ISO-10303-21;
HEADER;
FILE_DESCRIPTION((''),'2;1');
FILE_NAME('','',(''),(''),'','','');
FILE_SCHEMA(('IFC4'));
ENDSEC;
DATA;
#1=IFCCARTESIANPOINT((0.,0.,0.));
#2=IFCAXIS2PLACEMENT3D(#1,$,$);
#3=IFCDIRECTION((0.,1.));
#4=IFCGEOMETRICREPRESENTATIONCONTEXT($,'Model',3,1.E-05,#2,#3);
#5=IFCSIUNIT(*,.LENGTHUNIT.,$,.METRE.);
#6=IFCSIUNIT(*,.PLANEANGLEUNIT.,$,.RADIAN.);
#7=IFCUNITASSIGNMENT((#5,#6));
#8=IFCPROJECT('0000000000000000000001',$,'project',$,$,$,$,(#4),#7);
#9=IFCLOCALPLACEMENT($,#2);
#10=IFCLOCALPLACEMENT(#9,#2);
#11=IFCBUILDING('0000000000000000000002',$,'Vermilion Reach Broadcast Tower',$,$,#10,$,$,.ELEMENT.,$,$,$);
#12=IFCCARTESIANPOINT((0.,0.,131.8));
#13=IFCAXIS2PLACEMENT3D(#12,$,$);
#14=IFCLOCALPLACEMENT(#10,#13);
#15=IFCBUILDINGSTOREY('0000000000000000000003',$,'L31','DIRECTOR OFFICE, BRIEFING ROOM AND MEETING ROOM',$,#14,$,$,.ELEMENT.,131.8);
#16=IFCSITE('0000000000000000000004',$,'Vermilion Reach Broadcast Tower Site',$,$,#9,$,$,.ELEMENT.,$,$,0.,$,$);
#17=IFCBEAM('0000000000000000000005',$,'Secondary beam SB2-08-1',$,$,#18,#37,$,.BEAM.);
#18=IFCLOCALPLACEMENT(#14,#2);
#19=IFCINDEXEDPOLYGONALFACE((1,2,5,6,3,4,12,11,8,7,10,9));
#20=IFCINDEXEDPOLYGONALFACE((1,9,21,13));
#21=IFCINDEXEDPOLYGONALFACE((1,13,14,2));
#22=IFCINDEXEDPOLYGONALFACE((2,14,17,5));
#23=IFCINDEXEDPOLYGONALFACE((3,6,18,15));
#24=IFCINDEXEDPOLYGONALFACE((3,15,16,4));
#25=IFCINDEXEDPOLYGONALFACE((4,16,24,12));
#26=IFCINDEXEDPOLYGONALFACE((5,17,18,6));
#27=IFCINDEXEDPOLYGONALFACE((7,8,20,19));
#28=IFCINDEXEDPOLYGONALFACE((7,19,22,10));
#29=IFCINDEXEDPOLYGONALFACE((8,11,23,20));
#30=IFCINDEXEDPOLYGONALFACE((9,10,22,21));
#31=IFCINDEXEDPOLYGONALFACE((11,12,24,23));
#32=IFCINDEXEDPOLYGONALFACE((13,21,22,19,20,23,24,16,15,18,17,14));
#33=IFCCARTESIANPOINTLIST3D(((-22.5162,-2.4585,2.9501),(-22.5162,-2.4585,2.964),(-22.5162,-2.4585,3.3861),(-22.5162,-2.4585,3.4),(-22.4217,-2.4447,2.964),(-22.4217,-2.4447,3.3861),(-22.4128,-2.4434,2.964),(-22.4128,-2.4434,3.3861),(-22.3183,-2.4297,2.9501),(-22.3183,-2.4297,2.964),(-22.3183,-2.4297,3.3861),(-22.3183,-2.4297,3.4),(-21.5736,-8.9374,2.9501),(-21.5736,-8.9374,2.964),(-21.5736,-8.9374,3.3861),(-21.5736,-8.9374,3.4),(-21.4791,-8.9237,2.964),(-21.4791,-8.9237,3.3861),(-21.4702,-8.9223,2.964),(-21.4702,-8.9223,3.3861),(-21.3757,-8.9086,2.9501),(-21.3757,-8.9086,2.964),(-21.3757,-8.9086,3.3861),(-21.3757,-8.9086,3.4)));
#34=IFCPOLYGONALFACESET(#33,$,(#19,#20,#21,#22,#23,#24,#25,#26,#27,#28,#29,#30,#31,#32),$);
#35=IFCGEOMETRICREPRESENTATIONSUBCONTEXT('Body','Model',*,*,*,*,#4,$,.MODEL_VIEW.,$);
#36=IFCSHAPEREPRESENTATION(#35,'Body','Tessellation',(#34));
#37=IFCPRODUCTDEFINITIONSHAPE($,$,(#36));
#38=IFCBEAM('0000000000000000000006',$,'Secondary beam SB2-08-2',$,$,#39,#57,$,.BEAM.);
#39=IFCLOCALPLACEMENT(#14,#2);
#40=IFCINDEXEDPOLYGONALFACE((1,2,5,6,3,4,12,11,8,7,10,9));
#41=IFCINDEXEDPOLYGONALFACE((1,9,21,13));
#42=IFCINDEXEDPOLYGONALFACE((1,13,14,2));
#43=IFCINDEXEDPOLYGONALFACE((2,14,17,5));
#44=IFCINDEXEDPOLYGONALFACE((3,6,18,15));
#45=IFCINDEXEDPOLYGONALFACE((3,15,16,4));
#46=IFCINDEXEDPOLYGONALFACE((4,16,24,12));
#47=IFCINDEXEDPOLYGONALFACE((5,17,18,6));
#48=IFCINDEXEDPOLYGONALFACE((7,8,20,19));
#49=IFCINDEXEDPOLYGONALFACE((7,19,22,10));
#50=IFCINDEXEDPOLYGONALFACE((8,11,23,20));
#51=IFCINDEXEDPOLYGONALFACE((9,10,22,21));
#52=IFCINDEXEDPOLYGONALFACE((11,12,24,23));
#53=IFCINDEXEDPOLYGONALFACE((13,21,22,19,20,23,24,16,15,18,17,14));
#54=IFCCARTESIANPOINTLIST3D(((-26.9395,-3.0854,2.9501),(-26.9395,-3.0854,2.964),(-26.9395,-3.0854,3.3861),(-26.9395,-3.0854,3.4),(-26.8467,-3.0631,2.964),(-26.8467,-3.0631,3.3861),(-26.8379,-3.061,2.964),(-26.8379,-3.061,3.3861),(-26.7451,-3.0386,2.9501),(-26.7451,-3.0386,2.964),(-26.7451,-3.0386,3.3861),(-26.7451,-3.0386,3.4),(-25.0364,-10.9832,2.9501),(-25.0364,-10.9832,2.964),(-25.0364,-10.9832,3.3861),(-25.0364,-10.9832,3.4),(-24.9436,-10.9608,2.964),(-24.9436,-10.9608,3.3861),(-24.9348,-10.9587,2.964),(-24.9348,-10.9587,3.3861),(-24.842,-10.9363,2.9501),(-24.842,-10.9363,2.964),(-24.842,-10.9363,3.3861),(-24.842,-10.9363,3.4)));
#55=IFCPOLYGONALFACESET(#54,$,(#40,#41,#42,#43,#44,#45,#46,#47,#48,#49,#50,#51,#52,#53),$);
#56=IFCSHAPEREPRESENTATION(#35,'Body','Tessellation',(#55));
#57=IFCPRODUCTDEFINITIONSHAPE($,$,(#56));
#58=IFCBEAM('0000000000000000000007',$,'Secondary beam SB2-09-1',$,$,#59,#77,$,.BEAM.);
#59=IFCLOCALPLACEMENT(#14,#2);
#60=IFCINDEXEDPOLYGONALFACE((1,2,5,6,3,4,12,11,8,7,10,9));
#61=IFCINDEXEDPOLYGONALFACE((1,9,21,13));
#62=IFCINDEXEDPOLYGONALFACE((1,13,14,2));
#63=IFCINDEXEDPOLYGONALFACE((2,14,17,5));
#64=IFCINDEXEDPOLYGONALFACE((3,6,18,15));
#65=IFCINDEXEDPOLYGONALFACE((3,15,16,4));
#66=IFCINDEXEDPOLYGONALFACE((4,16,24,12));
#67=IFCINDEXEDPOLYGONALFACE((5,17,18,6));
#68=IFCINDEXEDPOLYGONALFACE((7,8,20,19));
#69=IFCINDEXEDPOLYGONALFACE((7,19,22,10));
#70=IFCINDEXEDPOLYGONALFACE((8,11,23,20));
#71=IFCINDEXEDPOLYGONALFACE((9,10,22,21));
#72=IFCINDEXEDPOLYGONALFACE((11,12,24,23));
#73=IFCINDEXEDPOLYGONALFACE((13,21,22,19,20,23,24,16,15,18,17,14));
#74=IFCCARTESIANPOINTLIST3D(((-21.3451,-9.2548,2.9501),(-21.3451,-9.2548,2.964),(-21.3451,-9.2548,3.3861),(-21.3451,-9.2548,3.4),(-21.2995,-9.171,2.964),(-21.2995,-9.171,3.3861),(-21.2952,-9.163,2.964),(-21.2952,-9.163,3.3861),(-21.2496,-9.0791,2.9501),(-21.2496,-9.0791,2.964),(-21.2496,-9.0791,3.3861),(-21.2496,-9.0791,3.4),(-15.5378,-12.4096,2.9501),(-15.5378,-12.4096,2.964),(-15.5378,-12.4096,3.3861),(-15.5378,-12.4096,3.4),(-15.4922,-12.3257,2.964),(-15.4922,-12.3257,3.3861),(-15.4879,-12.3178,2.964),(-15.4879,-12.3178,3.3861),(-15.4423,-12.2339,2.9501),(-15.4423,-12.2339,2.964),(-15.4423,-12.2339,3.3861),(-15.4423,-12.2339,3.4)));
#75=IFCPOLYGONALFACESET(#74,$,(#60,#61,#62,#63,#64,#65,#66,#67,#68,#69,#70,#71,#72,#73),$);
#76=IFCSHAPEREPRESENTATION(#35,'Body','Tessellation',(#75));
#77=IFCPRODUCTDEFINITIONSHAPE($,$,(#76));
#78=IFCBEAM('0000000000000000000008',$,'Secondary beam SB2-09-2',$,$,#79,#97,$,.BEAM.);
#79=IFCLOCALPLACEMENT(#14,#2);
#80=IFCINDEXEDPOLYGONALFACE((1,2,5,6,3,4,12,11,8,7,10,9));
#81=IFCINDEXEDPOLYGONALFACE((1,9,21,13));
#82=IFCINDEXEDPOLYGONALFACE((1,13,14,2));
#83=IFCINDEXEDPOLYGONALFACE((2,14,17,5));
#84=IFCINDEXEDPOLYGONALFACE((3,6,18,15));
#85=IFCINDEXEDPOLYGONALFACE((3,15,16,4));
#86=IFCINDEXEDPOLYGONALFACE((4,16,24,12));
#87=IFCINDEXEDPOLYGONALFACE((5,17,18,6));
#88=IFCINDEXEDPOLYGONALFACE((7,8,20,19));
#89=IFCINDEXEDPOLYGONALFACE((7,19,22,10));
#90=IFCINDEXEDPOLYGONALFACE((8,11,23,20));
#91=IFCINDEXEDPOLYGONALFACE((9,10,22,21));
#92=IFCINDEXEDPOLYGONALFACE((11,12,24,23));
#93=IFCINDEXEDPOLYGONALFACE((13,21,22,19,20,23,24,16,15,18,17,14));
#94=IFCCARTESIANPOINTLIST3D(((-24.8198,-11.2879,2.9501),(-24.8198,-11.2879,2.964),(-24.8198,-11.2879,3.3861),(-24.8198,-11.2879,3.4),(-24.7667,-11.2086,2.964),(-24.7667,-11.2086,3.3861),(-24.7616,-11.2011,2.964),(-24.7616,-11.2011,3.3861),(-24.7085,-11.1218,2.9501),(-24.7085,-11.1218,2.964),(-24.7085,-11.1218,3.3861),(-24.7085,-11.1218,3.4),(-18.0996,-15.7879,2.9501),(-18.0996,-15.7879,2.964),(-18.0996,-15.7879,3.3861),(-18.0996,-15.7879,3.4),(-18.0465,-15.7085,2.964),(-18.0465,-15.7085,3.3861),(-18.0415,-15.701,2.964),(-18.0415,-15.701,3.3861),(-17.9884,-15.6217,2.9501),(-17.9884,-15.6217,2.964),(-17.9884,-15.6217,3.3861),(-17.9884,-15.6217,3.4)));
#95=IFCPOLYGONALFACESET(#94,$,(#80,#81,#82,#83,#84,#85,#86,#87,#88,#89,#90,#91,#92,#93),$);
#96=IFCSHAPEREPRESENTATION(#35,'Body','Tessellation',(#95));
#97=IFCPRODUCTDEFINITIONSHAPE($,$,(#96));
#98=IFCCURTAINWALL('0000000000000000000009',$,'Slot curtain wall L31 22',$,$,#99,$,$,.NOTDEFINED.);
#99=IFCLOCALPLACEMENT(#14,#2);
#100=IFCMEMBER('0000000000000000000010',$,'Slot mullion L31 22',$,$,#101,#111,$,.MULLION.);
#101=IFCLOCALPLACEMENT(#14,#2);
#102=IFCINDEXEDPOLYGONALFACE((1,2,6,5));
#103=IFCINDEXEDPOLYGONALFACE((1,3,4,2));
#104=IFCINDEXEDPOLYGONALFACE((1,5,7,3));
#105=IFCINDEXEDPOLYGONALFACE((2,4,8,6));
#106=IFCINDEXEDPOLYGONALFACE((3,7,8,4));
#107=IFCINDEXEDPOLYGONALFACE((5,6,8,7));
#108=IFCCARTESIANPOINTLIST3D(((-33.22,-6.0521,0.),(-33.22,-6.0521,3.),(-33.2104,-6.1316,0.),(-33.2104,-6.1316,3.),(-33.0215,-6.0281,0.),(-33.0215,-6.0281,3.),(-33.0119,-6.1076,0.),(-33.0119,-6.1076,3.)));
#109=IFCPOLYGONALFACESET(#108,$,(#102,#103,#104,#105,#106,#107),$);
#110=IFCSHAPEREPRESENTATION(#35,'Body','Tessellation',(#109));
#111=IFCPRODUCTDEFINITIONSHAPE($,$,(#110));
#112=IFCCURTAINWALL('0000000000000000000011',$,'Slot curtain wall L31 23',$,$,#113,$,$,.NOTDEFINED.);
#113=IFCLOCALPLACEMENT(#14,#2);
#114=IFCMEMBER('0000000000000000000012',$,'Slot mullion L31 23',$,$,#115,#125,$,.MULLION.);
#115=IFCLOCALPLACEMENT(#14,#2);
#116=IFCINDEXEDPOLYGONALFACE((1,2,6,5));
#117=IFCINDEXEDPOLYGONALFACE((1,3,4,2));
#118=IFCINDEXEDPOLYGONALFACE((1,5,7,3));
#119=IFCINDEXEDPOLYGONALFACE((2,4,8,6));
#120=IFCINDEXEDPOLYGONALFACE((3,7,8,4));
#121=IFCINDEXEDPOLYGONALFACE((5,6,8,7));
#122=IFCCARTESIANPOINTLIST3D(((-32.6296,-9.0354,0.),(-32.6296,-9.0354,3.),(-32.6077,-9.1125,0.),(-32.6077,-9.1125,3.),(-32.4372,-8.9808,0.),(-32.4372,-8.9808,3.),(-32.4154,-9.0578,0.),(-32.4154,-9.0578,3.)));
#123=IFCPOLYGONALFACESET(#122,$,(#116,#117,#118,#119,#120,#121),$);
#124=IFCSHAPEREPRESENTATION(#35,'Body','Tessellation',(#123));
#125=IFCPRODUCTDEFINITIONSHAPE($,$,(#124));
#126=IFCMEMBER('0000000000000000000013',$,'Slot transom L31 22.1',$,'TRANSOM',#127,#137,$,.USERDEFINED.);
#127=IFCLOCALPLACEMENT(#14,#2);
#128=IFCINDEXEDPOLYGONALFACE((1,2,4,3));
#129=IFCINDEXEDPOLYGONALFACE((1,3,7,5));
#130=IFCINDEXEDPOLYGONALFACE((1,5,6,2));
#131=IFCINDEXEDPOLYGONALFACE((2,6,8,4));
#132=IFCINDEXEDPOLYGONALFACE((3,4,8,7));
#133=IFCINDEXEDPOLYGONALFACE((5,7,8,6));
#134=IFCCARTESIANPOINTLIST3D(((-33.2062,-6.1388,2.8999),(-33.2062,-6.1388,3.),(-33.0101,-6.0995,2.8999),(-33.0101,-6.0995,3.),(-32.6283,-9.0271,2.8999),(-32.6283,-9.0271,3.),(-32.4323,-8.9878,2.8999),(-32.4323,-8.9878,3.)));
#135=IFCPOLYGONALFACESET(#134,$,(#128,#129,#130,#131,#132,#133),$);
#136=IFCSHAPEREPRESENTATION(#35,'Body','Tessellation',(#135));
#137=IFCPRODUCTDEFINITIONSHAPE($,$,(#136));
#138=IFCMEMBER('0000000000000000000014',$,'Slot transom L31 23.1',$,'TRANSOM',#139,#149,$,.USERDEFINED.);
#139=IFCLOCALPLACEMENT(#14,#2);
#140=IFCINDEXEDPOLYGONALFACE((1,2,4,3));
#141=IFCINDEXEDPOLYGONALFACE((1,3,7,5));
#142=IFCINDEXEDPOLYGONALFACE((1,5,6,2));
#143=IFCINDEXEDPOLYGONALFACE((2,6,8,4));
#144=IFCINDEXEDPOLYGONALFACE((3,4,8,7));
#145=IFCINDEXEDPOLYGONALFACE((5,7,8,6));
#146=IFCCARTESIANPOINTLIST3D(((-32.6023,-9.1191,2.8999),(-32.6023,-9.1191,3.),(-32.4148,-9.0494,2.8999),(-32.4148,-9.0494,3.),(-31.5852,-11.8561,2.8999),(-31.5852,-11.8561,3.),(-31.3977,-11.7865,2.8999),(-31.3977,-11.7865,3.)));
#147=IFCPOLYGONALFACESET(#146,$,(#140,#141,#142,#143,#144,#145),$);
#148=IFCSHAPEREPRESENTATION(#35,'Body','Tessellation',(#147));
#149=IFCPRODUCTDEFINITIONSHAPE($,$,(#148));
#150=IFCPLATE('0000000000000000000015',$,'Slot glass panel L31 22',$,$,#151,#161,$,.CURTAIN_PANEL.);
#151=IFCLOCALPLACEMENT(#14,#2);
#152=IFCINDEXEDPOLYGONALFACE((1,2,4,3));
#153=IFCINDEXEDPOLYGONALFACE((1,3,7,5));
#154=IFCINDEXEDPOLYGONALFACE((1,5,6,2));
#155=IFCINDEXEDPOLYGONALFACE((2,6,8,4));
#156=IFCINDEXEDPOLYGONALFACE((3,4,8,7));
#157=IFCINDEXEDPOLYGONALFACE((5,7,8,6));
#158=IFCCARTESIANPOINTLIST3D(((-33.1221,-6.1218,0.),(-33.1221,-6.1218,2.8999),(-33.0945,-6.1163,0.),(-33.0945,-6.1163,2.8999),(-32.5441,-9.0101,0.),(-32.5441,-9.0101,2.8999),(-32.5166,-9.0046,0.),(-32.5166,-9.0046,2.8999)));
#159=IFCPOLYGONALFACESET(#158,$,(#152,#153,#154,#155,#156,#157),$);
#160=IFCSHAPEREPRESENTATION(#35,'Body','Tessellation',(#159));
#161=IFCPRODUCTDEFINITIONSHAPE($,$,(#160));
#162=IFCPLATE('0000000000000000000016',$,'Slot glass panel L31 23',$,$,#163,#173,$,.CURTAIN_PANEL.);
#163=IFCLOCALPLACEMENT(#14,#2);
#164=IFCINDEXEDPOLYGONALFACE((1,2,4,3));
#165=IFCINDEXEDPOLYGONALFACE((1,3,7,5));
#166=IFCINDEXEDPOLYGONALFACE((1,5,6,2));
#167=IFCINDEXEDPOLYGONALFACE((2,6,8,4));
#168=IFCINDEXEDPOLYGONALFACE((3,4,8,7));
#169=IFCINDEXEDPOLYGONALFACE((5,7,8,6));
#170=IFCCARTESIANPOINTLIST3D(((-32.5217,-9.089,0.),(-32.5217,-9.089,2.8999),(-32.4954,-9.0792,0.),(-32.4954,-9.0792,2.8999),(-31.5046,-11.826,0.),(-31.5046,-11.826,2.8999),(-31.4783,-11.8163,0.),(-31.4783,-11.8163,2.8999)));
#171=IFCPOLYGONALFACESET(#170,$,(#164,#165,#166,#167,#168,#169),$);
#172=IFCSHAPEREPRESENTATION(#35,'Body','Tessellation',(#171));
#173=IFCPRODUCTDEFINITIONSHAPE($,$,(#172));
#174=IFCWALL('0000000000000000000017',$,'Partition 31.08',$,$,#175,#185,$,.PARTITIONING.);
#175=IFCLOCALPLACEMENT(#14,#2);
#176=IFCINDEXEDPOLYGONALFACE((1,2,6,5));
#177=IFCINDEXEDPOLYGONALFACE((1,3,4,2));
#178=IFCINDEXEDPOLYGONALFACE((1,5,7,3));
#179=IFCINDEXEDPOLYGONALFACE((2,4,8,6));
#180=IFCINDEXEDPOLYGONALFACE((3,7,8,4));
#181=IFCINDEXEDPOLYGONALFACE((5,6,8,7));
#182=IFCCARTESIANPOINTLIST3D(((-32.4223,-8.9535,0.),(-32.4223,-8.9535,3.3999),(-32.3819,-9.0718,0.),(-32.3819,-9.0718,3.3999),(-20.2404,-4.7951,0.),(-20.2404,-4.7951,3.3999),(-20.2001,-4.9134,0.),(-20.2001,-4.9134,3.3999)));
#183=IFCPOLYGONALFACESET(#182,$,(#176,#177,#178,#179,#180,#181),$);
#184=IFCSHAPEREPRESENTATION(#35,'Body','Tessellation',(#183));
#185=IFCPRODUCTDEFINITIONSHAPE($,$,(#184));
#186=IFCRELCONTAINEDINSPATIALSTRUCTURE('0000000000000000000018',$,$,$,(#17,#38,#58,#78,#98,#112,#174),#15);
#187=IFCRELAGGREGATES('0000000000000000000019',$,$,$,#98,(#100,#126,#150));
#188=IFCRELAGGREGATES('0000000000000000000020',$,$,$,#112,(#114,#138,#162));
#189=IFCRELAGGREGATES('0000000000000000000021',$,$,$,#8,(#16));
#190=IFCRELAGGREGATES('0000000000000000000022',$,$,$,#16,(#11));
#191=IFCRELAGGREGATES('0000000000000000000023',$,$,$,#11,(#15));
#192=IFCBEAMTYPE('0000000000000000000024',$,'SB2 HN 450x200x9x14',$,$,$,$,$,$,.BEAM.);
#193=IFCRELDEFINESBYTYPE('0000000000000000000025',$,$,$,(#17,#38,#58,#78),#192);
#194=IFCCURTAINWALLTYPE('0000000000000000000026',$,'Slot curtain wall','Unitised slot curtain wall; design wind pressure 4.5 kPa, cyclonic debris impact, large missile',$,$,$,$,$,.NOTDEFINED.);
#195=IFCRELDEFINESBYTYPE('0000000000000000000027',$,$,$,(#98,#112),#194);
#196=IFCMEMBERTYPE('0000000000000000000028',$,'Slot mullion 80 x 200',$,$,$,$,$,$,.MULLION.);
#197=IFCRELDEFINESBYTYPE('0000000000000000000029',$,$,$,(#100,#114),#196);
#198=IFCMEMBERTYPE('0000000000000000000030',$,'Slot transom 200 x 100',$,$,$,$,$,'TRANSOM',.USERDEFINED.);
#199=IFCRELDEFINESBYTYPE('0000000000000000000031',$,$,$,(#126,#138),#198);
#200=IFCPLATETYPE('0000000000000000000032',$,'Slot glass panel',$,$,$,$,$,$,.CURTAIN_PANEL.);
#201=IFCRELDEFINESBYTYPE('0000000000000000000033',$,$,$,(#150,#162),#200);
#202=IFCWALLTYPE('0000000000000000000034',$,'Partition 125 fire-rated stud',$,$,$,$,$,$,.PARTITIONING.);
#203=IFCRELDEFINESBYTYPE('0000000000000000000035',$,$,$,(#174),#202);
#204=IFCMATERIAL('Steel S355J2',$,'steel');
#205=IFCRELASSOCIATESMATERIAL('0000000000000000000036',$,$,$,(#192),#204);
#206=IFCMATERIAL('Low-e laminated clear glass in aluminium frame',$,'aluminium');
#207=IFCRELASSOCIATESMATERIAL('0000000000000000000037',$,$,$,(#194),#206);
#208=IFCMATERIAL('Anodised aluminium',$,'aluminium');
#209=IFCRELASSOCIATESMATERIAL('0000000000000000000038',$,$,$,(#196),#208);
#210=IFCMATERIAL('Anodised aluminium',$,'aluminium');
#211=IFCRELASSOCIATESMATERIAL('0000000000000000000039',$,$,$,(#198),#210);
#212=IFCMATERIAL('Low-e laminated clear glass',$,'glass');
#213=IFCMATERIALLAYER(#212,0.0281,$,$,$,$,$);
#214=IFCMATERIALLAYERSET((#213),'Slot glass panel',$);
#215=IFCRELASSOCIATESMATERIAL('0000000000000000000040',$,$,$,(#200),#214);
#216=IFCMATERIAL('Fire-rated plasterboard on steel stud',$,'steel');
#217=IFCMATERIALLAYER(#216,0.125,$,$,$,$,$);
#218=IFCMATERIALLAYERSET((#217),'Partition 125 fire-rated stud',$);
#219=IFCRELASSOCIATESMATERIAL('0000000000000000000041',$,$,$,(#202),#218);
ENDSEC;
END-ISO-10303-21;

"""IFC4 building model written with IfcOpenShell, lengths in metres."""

from ifc_helpers import new_model, si_unit, direction, frame, frame_2d, origin, origin_2d, place, context, subcontext, project, spatial, rectangle, i_section, extrude, material, layer, layer_set, material_profile, profile_set, type_object, element, aggregate, save


model = new_model("IFC4")

# Units and contexts
model_context = context("Model", 3, precision=1e-05, world=origin(), true_north=direction((0.0, 1.0)))
body_context = subcontext(model_context, "Body", "Model", "MODEL_VIEW")
ifc_project = project(units=[si_unit("LENGTHUNIT", "METRE"), si_unit("PLANEANGLEUNIT", "RADIAN")], contexts=[model_context])

# Site, building, storey
site_placement = place(None, origin())
site = spatial("IfcSite", under=ifc_project, at=site_placement, Name="Vermilion Reach Broadcast Tower Site", CompositionType="ELEMENT", RefElevation=0.0)
building_placement = place(site_placement, origin())
building = spatial("IfcBuilding", under=site, at=building_placement, Name="Vermilion Reach Broadcast Tower", CompositionType="ELEMENT")
storey_placement = place(building_placement, frame((0.0, 0.0, 131.8)))
storey = spatial("IfcBuildingStorey", under=building, at=storey_placement, Name="L31", Description="DIRECTOR OFFICE, BRIEFING ROOM AND MEETING ROOM", CompositionType="ELEMENT", Elevation=131.8)

# Beams
ifc_material_1 = material(Name="Steel S355J2", Category="steel")
ifc_material_profile_1 = material_profile(ifc_material_1, i_section(OverallWidth=0.2, OverallDepth=0.45, WebThickness=0.009, FlangeThickness=0.0139, at=origin_2d()), Name="S355J2 HN 450x200x9x14")
ifc_profile_set_1 = profile_set([ifc_material_profile_1], Name="Steel S355J2")
beam_type_1 = type_object("IfcBeamType", Name="SB2 HN 450x200x9x14", PredefinedType="BEAM", material=ifc_profile_set_1)
beam_1_placement = place(storey_placement, frame((-22.4172, -2.4441, 3.175), z_axis=(0.143974, -0.989582, 0.0), x_axis=(0.989582, 0.143974, 0.0)))
element("IfcBeam", 1, at=beam_1_placement, inside=storey, type_object=beam_type_1, Name="Secondary beam SB2-08-1", PredefinedType="BEAM", context=body_context, shape_type="SweptSolid", body=[
    extrude(i_section(OverallWidth=0.2, OverallDepth=0.45, WebThickness=0.009, FlangeThickness=0.0139, at=origin_2d()), origin(), (0.0, 0.0, 1.0), 6.5471),
])
beam_2_placement = place(storey_placement, frame((-26.8423, -3.062, 3.175), z_axis=(0.234261, -0.972174, 0.0), x_axis=(0.972174, 0.234261, 0.0)))
element("IfcBeam", 2, at=beam_2_placement, inside=storey, type_object=beam_type_1, Name="Secondary beam SB2-08-2", PredefinedType="BEAM", context=body_context, shape_type="SweptSolid", body=[
    extrude(i_section(OverallWidth=0.2, OverallDepth=0.45, WebThickness=0.009, FlangeThickness=0.0139, at=origin_2d()), origin(), (0.0, 0.0, 1.0), 8.1238),
])
beam_3_placement = place(storey_placement, frame((-21.2974, -9.167, 3.175), z_axis=(0.878713, -0.47735, 0.0), x_axis=(0.47735, 0.878713, 0.0)))
element("IfcBeam", 3, at=beam_3_placement, inside=storey, type_object=beam_type_1, Name="Secondary beam SB2-09-1", PredefinedType="BEAM", context=body_context, shape_type="SweptSolid", body=[
    extrude(i_section(OverallWidth=0.2, OverallDepth=0.45, WebThickness=0.009, FlangeThickness=0.0139, at=origin_2d()), origin(), (0.0, 0.0, 1.0), 6.6089),
])
beam_4_placement = place(storey_placement, frame((-24.7642, -11.2048, 3.175), z_axis=(0.830915, -0.556399, 0.0), x_axis=(0.556399, 0.830915, 0.0)))
element("IfcBeam", 4, at=beam_4_placement, inside=storey, type_object=beam_type_1, Name="Secondary beam SB2-09-2", PredefinedType="BEAM", context=body_context, shape_type="SweptSolid", body=[
    extrude(i_section(OverallWidth=0.2, OverallDepth=0.45, WebThickness=0.009, FlangeThickness=0.0139, at=origin_2d()), origin(), (0.0, 0.0, 1.0), 8.0876),
])

# Curtain walls, members
ifc_material_2 = material(Name="Low-e laminated clear glass in aluminium frame", Category="aluminium")
curtain_wall_type = type_object("IfcCurtainWallType", Name="Slot curtain wall", Description="Unitised slot curtain wall; design wind pressure 4.5 kPa, cyclonic debris impact, large missile", PredefinedType="NOTDEFINED", material=ifc_material_2)
placement = place(storey_placement, origin())
curtain_wall_1 = element("IfcCurtainWall", 5, at=placement, inside=storey, type_object=curtain_wall_type, Name="Slot curtain wall L31 22", PredefinedType="NOTDEFINED")
ifc_material_3 = material(Name="Anodised aluminium", Category="aluminium")
ifc_material_profile_2 = material_profile(ifc_material_3, rectangle(XDim=0.2, YDim=0.0801, at=origin_2d()), Name="Slot mullion 80 x 200")
ifc_profile_set_2 = profile_set([ifc_material_profile_2], Name="Anodised aluminium")
member_type_1 = type_object("IfcMemberType", Name="Slot mullion 80 x 200", PredefinedType="MULLION", material=ifc_profile_set_2)
member_1_placement = place(storey_placement, frame((-33.116, -6.0798, 0.0), z_axis=(0.0, 0.0, 1.0), x_axis=(0.992785, 0.119904, 0.0)))
member_1 = element("IfcMember", 6, at=member_1_placement, type_object=member_type_1, Name="Slot mullion L31 22", PredefinedType="MULLION", context=body_context, shape_type="SweptSolid", body=[
    extrude(rectangle(XDim=0.2, YDim=0.0801, at=origin_2d()), origin(), (0.0, 0.0, 1.0), 3.0),
])
curtain_wall_2 = element("IfcCurtainWall", 7, at=placement, inside=storey, type_object=curtain_wall_type, Name="Slot curtain wall L31 23", PredefinedType="NOTDEFINED")
member_2_placement = place(storey_placement, frame((-32.5225, -9.0466, 0.0), z_axis=(0.0, 0.0, 1.0), x_axis=(0.961975, 0.273139, 0.0)))
member_2 = element("IfcMember", 8, at=member_2_placement, type_object=member_type_1, Name="Slot mullion L31 23", PredefinedType="MULLION", context=body_context, shape_type="SweptSolid", body=[
    extrude(rectangle(XDim=0.2, YDim=0.0801, at=origin_2d()), origin(), (0.0, 0.0, 1.0), 3.0),
])

# Members
ifc_material_4 = material(Name="Anodised aluminium", Category="aluminium")
ifc_material_profile_3 = material_profile(ifc_material_4, rectangle(XDim=0.2, YDim=0.1001, at=origin_2d()), Name="Slot transom 200 x 100")
ifc_profile_set_3 = profile_set([ifc_material_profile_3], Name="Anodised aluminium")
member_type_2 = type_object("IfcMemberType", Name="Slot transom 200 x 100", ElementType="TRANSOM", PredefinedType="USERDEFINED", material=ifc_profile_set_3)
member_3_placement = place(storey_placement, frame((-33.1082, -6.1191, 2.95), z_axis=(0.19618, -0.980568, 0.0), x_axis=(0.980568, 0.19618, 0.0)))
member_3 = element("IfcMember", 9, at=member_3_placement, type_object=member_type_2, Name="Slot transom L31 22.1", ObjectType="TRANSOM", PredefinedType="USERDEFINED", context=body_context, shape_type="SweptSolid", body=[
    extrude(rectangle(XDim=0.2, YDim=0.1001, at=origin_2d()), origin(), (0.0, 0.0, 1.0), 2.9456),
])
member_4_placement = place(storey_placement, frame((-32.5085, -9.0842, 2.95), z_axis=(0.348327, -0.937373, 0.0), x_axis=(0.937373, 0.348327, 0.0)))
member_4 = element("IfcMember", 10, at=member_4_placement, type_object=member_type_2, Name="Slot transom L31 23.1", ObjectType="TRANSOM", PredefinedType="USERDEFINED", context=body_context, shape_type="SweptSolid", body=[
    extrude(rectangle(XDim=0.2, YDim=0.1001, at=origin_2d()), origin(), (0.0, 0.0, 1.0), 2.9199),
])

# Plates
ifc_material_5 = material(Name="Low-e laminated clear glass", Category="glass")
ifc_layer_1 = layer(ifc_material_5, 0.0281)
ifc_layer_set_1 = layer_set([ifc_layer_1], Name="Slot glass panel")
plate_type = type_object("IfcPlateType", Name="Slot glass panel", PredefinedType="CURTAIN_PANEL", material=ifc_layer_set_1)
plate_1_placement = place(storey_placement, frame((-32.8193, -7.5632, 0.0), z_axis=(0.0, 0.0, 1.0), x_axis=(0.196211, -0.980562, 0.0)))
plate_1 = element("IfcPlate", 11, at=plate_1_placement, type_object=plate_type, Name="Slot glass panel L31 22", PredefinedType="CURTAIN_PANEL", context=body_context, shape_type="SweptSolid", body=[
    extrude(rectangle(XDim=2.9456, YDim=0.0281, at=origin_2d()), origin(), (0.0, 0.0, 1.0), 2.8999),
])
aggregate(curtain_wall_1, [member_1, member_3, plate_1])
plate_2_placement = place(storey_placement, frame((-32.0, -10.4526, 0.0), z_axis=(0.0, 0.0, 1.0), x_axis=(0.348356, -0.937362, 0.0)))
plate_2 = element("IfcPlate", 12, at=plate_2_placement, type_object=plate_type, Name="Slot glass panel L31 23", PredefinedType="CURTAIN_PANEL", context=body_context, shape_type="SweptSolid", body=[
    extrude(rectangle(XDim=2.9199, YDim=0.0281, at=origin_2d()), origin(), (0.0, 0.0, 1.0), 2.8999),
])
aggregate(curtain_wall_2, [member_2, member_4, plate_2])

# Wall
ifc_material_6 = material(Name="Fire-rated plasterboard on steel stud", Category="steel")
ifc_layer_2 = layer(ifc_material_6, 0.125)
ifc_layer_set_2 = layer_set([ifc_layer_2], Name="Partition 125 fire-rated stud")
wall_type_1 = type_object("IfcWallType", Name="Partition 125 fire-rated stud", PredefinedType="PARTITIONING", material=ifc_layer_set_2)
wall_1_placement = place(storey_placement, frame((-32.4021, -9.0127, 0.0), z_axis=(0.0, 0.0, 1.0), x_axis=(0.946379, 0.323059, 0.0)))
element("IfcWall", 13, at=wall_1_placement, inside=storey, type_object=wall_type_1, Name="Partition 31.08", PredefinedType="PARTITIONING", context=body_context, shape_type="SweptSolid", body=[
    extrude(rectangle(XDim=12.8721, YDim=0.125, at=frame_2d((6.436, 0.0))), origin(), (0.0, 0.0, 1.0), 3.3999),
])

save(model, "model.ifc")
